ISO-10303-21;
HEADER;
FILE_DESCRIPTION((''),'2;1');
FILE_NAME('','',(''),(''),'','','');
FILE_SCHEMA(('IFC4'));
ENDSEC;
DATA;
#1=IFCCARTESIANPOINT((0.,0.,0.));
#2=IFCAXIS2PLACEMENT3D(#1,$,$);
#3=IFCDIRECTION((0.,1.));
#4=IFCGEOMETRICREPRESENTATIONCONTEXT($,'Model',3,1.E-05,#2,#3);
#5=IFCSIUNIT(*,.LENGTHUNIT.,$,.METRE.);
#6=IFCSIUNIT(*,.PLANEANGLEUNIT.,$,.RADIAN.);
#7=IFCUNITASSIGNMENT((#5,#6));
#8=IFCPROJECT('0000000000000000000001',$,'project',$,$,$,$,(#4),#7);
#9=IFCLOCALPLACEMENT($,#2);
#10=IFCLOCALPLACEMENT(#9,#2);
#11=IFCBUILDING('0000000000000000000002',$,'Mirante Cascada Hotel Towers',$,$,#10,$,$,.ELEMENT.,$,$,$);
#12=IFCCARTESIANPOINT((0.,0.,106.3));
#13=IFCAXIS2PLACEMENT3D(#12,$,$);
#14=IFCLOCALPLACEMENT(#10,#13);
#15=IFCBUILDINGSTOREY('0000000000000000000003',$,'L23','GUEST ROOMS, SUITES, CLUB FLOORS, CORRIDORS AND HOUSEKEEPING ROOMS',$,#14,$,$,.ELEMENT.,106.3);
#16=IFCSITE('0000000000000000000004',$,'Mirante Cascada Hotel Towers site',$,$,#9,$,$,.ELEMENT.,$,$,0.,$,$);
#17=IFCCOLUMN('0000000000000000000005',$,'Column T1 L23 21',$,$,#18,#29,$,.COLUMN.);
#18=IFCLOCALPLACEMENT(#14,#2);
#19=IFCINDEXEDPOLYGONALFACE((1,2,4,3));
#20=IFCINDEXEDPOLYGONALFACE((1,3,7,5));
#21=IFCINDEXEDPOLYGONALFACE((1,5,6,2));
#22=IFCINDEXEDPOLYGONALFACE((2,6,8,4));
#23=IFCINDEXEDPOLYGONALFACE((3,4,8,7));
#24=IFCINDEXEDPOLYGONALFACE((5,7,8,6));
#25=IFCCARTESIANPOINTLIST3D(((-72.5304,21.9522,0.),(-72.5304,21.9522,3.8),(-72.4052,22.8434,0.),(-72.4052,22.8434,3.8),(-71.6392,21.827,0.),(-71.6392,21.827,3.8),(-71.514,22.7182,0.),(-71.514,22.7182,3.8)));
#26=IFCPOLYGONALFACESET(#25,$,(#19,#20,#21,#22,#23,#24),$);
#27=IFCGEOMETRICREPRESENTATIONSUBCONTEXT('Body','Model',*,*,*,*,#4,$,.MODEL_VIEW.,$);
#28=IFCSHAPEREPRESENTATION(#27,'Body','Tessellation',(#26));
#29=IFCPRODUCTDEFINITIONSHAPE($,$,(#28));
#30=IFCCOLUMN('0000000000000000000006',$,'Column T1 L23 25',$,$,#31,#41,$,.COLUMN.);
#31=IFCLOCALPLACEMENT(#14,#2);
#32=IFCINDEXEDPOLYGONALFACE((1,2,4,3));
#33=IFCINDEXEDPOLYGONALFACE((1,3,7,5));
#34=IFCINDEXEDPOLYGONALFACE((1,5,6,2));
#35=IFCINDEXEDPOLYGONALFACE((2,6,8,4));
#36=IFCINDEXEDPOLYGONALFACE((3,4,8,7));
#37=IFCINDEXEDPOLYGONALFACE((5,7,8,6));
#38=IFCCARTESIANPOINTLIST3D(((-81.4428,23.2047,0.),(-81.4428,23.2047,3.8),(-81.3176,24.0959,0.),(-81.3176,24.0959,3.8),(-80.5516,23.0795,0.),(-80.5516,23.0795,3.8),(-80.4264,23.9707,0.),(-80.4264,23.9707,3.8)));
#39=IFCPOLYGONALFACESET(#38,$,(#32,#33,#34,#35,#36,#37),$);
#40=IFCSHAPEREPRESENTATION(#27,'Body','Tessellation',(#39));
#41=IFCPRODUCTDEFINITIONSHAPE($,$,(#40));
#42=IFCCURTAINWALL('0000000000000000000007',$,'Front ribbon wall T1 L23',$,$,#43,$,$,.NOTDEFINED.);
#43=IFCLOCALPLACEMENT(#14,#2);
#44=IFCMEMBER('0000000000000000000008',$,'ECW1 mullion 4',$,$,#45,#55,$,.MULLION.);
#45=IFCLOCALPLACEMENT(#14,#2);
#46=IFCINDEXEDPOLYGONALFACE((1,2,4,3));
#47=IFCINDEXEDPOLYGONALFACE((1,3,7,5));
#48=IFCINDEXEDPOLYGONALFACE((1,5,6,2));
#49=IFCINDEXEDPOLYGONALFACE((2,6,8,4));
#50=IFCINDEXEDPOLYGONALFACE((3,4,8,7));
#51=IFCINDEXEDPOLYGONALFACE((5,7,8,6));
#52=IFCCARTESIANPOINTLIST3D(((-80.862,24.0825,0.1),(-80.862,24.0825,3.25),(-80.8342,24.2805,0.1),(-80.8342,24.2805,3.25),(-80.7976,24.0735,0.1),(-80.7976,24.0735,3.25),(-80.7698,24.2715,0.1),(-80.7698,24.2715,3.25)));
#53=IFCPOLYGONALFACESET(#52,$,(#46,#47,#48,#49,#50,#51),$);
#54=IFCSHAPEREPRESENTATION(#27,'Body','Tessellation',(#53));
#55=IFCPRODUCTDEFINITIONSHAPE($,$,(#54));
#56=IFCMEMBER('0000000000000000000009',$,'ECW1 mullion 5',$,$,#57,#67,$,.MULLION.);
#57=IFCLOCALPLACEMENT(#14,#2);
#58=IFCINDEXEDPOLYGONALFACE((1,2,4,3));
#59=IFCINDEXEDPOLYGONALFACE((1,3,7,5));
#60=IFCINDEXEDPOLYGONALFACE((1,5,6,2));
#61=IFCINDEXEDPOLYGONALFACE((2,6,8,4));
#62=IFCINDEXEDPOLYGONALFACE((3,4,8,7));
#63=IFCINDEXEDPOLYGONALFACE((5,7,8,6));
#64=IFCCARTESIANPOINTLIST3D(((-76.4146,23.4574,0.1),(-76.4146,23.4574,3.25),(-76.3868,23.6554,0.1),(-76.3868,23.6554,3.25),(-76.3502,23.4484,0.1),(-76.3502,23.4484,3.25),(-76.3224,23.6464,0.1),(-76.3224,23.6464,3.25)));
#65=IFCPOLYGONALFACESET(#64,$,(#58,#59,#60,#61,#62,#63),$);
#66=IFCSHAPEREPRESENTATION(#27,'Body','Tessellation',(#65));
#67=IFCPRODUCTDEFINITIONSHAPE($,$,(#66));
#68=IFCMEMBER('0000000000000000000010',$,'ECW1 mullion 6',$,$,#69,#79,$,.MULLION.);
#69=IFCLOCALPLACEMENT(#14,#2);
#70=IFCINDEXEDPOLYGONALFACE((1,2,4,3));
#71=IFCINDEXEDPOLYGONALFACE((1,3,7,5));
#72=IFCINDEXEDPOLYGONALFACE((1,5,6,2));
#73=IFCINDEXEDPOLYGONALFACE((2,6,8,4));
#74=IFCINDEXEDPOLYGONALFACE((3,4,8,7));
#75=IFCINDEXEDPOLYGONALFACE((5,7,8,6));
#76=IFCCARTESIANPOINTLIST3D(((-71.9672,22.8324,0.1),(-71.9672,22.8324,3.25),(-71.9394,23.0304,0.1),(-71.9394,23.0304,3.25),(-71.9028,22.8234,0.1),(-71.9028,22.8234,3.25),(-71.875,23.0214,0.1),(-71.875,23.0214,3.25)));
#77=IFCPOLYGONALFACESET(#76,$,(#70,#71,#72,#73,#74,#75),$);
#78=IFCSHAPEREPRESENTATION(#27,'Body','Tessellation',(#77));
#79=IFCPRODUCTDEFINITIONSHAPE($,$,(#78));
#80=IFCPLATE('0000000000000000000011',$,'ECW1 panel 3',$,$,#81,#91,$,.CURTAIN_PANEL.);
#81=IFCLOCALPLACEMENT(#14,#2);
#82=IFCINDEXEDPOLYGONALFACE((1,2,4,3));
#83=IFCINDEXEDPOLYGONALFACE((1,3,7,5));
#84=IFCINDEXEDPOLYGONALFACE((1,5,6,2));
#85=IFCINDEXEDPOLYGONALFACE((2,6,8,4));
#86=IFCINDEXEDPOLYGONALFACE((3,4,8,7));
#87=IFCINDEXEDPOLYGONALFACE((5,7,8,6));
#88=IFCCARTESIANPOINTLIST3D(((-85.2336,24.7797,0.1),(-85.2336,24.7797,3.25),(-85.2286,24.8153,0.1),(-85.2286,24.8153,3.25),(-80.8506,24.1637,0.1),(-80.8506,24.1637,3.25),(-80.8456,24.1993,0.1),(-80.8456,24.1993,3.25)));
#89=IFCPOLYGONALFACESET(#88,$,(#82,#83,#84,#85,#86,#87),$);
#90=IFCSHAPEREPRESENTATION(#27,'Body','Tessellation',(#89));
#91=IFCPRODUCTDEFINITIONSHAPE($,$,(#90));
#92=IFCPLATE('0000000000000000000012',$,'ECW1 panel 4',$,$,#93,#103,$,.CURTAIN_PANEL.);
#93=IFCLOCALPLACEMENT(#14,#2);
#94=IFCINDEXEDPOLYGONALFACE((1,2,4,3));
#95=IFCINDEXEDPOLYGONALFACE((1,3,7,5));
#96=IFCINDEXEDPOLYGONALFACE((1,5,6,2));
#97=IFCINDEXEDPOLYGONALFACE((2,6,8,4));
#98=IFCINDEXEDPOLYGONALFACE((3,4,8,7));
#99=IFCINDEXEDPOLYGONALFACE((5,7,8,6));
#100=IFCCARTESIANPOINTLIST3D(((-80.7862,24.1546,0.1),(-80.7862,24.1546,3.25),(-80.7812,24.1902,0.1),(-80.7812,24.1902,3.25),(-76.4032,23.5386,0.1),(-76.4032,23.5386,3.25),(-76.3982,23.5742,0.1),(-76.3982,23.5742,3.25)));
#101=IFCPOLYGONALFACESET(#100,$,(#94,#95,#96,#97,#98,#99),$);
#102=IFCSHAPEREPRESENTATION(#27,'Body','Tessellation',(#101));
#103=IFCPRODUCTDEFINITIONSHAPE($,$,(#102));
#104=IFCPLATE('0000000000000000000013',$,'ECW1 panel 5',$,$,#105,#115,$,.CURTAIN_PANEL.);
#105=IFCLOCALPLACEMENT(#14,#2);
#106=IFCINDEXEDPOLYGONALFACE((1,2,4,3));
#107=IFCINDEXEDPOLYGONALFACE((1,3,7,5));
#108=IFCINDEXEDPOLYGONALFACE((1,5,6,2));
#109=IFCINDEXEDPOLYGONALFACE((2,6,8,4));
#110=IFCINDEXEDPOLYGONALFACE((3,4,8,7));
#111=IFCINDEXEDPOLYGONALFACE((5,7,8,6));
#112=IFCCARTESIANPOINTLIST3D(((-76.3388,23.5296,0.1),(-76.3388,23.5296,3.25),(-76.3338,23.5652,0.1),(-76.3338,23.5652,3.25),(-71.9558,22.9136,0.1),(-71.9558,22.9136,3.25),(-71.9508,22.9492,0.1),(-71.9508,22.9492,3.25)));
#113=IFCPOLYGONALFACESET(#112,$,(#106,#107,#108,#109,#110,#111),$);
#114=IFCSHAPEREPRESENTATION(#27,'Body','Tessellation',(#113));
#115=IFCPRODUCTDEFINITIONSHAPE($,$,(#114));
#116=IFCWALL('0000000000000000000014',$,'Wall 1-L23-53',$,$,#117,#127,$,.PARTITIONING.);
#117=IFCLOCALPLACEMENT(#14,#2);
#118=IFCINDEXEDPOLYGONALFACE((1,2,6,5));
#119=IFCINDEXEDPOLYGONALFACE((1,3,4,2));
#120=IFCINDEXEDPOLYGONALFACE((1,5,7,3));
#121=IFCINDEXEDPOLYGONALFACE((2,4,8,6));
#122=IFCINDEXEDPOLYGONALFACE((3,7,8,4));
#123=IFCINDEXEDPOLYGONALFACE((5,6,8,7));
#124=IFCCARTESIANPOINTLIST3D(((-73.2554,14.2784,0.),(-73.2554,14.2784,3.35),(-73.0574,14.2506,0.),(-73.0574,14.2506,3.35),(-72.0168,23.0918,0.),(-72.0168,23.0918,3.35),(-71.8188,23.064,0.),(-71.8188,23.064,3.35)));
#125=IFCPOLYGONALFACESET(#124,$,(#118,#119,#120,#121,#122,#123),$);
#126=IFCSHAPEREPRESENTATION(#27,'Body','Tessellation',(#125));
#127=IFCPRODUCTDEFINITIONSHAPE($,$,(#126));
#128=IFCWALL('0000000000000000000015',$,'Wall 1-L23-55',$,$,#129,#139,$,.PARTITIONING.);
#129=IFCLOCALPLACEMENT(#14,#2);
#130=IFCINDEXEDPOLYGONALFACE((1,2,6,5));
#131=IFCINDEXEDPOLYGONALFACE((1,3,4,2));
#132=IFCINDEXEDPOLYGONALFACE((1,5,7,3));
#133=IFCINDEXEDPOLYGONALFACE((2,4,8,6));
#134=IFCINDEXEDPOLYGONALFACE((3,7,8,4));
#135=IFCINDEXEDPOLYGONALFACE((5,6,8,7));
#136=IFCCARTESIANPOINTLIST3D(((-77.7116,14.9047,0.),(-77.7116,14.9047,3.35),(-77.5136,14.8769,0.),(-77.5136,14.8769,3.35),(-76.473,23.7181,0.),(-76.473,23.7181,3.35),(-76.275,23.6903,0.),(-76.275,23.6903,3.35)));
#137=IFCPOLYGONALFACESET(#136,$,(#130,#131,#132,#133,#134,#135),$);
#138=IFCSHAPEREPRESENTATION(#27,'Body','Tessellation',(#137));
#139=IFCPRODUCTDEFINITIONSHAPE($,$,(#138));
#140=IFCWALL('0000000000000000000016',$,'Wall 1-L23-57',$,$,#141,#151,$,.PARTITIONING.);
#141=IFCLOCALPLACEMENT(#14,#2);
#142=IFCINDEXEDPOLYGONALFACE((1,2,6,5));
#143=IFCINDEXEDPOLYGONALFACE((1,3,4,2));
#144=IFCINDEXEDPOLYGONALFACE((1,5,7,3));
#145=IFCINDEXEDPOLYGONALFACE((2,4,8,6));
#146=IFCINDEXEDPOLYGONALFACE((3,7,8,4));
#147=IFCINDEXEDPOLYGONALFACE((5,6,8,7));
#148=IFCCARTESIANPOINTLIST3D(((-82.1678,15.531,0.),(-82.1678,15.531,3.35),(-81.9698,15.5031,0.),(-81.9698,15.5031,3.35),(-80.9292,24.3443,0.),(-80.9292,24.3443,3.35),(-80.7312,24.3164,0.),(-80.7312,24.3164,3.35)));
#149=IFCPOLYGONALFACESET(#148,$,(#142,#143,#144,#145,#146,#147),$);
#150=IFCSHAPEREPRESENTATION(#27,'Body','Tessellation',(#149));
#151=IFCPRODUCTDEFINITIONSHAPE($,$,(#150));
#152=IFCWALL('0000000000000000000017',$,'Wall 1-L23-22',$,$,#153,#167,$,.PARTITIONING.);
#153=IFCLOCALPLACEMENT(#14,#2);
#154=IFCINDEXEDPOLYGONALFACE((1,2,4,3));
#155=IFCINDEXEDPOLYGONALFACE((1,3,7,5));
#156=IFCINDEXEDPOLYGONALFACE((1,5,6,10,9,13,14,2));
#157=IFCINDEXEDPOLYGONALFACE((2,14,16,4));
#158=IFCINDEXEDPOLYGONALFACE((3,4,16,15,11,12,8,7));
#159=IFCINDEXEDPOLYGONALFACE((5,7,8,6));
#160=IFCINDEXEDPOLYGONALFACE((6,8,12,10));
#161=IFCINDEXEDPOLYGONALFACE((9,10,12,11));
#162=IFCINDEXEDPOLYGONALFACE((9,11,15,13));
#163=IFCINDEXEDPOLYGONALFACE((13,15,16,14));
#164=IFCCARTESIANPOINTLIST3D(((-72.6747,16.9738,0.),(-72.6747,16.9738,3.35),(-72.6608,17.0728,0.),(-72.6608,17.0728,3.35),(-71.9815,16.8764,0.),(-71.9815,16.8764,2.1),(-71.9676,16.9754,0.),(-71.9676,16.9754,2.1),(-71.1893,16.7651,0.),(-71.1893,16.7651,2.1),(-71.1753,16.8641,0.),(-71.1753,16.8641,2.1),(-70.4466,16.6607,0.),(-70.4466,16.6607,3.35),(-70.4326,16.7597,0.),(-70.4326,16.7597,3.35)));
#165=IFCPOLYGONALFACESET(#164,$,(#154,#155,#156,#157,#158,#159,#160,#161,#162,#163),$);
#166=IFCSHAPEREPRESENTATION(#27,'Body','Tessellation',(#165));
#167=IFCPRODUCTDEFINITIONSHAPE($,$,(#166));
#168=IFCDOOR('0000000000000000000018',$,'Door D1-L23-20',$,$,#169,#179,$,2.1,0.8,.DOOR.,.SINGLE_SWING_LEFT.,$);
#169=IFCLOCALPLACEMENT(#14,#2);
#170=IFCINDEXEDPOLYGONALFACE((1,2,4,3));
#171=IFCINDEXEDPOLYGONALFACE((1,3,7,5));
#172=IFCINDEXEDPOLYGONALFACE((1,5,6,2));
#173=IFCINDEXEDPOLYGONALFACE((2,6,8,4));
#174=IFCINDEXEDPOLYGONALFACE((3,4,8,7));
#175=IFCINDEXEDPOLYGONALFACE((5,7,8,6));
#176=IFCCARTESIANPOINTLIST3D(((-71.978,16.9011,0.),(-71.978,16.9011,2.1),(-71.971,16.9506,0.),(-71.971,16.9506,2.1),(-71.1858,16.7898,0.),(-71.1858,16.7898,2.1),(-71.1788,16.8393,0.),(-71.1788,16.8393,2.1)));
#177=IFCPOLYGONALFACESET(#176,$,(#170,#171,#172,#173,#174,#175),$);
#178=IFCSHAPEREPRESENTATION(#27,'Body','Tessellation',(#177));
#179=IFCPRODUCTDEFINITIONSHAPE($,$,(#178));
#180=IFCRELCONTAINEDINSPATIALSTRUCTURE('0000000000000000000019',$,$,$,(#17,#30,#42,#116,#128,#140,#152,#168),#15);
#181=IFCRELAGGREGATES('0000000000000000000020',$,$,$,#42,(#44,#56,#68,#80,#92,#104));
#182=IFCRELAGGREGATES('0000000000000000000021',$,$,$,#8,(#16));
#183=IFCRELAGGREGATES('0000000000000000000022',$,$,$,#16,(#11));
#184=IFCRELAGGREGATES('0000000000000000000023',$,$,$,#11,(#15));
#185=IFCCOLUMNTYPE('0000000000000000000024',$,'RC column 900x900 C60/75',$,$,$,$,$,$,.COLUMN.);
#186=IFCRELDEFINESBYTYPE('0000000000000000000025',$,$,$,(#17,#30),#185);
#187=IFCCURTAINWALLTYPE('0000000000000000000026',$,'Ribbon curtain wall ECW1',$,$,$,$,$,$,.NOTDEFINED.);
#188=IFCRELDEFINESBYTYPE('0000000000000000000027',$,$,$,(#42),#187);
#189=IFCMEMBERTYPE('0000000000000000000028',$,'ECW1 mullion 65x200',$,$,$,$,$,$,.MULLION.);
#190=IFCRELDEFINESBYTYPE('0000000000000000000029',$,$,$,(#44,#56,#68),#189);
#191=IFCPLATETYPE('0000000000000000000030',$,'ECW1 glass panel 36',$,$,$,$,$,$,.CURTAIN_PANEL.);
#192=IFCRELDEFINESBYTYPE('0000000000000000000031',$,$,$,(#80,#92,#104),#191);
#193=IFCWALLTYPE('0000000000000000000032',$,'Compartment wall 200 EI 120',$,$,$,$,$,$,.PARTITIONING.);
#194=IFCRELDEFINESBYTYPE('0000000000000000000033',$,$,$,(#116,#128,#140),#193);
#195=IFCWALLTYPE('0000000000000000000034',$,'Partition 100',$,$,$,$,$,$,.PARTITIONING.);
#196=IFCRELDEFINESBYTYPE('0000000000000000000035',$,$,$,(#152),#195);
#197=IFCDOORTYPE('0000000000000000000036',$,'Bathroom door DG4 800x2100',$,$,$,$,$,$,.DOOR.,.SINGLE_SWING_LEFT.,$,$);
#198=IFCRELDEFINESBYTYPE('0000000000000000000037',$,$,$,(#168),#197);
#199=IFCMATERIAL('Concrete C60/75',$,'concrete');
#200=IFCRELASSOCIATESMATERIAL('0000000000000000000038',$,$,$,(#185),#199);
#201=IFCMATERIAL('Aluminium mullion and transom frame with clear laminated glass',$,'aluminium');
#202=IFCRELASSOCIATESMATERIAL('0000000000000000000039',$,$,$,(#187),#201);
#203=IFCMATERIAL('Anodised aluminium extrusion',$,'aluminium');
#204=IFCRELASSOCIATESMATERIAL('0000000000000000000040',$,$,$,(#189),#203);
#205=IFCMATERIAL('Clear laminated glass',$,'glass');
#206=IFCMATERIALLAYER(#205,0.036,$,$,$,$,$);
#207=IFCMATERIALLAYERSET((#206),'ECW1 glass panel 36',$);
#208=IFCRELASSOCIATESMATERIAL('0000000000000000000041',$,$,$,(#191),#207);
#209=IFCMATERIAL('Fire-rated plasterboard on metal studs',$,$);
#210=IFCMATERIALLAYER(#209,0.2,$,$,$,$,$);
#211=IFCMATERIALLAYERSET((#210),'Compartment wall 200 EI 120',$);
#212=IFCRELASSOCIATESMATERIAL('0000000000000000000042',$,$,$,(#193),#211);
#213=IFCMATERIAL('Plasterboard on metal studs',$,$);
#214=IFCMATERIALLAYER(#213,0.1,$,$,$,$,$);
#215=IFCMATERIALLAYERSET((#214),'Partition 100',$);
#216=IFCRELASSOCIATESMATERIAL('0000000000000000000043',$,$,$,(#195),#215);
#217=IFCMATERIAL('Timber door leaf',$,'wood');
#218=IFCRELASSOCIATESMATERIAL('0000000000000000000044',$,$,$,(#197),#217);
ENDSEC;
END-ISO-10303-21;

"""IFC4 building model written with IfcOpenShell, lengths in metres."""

from ifc_helpers import new_model, si_unit, direction, frame, frame_2d, origin, origin_2d, place, context, subcontext, project, spatial, rectangle, extrude, material, layer, layer_set, material_profile, profile_set, type_object, element, fill, aggregate, save


model = new_model("IFC4")

# Units and contexts
model_context = context("Model", 3, precision=1e-05, world=origin(), true_north=direction((0.0, 1.0)))
body_context = subcontext(model_context, "Body", "Model", "MODEL_VIEW")
ifc_project = project(units=[si_unit("LENGTHUNIT", "METRE"), si_unit("PLANEANGLEUNIT", "RADIAN")], contexts=[model_context])

# Site, building, storey
site_placement = place(None, origin())
site = spatial("IfcSite", under=ifc_project, at=site_placement, Name="Mirante Cascada Hotel Towers site", CompositionType="ELEMENT", RefElevation=0.0)
building_placement = place(site_placement, origin())
building = spatial("IfcBuilding", under=site, at=building_placement, Name="Mirante Cascada Hotel Towers", CompositionType="ELEMENT")
storey_placement = place(building_placement, frame((0.0, 0.0, 106.3)))
storey = spatial("IfcBuildingStorey", under=building, at=storey_placement, Name="L23", Description="GUEST ROOMS, SUITES, CLUB FLOORS, CORRIDORS AND HOUSEKEEPING ROOMS", CompositionType="ELEMENT", Elevation=106.3)

# Columns
ifc_material_1 = material(Name="Concrete C60/75", Category="concrete")
ifc_material_profile_1 = material_profile(ifc_material_1, rectangle(XDim=0.9, YDim=0.9, at=origin_2d()), Name="RC column 900x900 C60/75")
ifc_profile_set_1 = profile_set([ifc_material_profile_1], Name="Concrete C60/75")
column_type = type_object("IfcColumnType", Name="RC column 900x900 C60/75", PredefinedType="COLUMN", material=ifc_profile_set_1)
for number, where, z_axis, x_axis, name in (
    (1, (-72.0222, 22.3352, 0.0), (0.0, 0.0, 1.0), (-0.990268, 0.139173, 0.0), "Column T1 L23 21"),
    (2, (-80.9346, 23.5877, 0.0), (0.0, 0.0, 1.0), (-0.990268, 0.139173, 0.0), "Column T1 L23 25"),
):
    element("IfcColumn", number, at=place(storey_placement, frame(where, z_axis=z_axis, x_axis=x_axis)), inside=storey, type_object=column_type, Name=name, PredefinedType="COLUMN", context=body_context, shape_type="SweptSolid", body=[
        extrude(rectangle(XDim=0.9, YDim=0.9, at=origin_2d()), origin(), (0.0, 0.0, 1.0), 3.8),
    ])

# Curtain wall, members, plates
ifc_material_2 = material(Name="Aluminium mullion and transom frame with clear laminated glass", Category="aluminium")
curtain_wall_type = type_object("IfcCurtainWallType", Name="Ribbon curtain wall ECW1", PredefinedType="NOTDEFINED", material=ifc_material_2)
curtain_wall_placement = place(storey_placement, origin())
curtain_wall = element("IfcCurtainWall", 3, at=curtain_wall_placement, inside=storey, type_object=curtain_wall_type, Name="Front ribbon wall T1 L23", PredefinedType="NOTDEFINED")
ifc_material_3 = material(Name="Anodised aluminium extrusion", Category="aluminium")
ifc_material_profile_2 = material_profile(ifc_material_3, rectangle(XDim=0.2, YDim=0.065, at=origin_2d()), Name="ECW1 MULLION 65x200")
ifc_profile_set_2 = profile_set([ifc_material_profile_2], Name="Anodised aluminium extrusion")
member_type = type_object("IfcMemberType", Name="ECW1 mullion 65x200", PredefinedType="MULLION", material=ifc_profile_set_2)
member_1_placement = place(storey_placement, frame((-80.8159, 24.177, 0.1), z_axis=(0.0, 0.0, 1.0), x_axis=(0.139173, 0.990268, 0.0)))
member_1 = element("IfcMember", 4, at=member_1_placement, type_object=member_type, Name="ECW1 mullion 4", PredefinedType="MULLION", context=body_context, shape_type="SweptSolid", body=[
    extrude(rectangle(XDim=0.2, YDim=0.065, at=origin_2d()), origin(), (0.0, 0.0, 1.0), 3.15),
])
member_2_placement = place(storey_placement, frame((-76.3685, 23.5519, 0.1), z_axis=(0.0, 0.0, 1.0), x_axis=(0.139173, 0.990268, 0.0)))
member_2 = element("IfcMember", 5, at=member_2_placement, type_object=member_type, Name="ECW1 mullion 5", PredefinedType="MULLION", context=body_context, shape_type="SweptSolid", body=[
    extrude(rectangle(XDim=0.2, YDim=0.065, at=origin_2d()), origin(), (0.0, 0.0, 1.0), 3.15),
])
member_3_placement = place(storey_placement, frame((-71.9211, 22.9269, 0.1), z_axis=(0.0, 0.0, 1.0), x_axis=(0.139173, 0.990268, 0.0)))
member_3 = element("IfcMember", 6, at=member_3_placement, type_object=member_type, Name="ECW1 mullion 6", PredefinedType="MULLION", context=body_context, shape_type="SweptSolid", body=[
    extrude(rectangle(XDim=0.2, YDim=0.065, at=origin_2d()), origin(), (0.0, 0.0, 1.0), 3.15),
])
ifc_material_4 = material(Name="Clear laminated glass", Category="glass")
ifc_layer_1 = layer(ifc_material_4, 0.036)
ifc_layer_set_1 = layer_set([ifc_layer_1], Name="ECW1 glass panel 36")
plate_type = type_object("IfcPlateType", Name="ECW1 glass panel 36", PredefinedType="CURTAIN_PANEL", material=ifc_layer_set_1)
plate_1_placement = place(storey_placement, frame((-83.0396, 24.4895, 0.1), z_axis=(0.0, 0.0, 1.0), x_axis=(0.990268, -0.139173, 0.0)))
plate_1 = element("IfcPlate", 7, at=plate_1_placement, type_object=plate_type, Name="ECW1 panel 3", PredefinedType="CURTAIN_PANEL", context=body_context, shape_type="SweptSolid", body=[
    extrude(rectangle(XDim=4.4261, YDim=0.036, at=origin_2d()), origin(), (0.0, 0.0, 1.0), 3.15),
])
plate_2_placement = place(storey_placement, frame((-78.5922, 23.8644, 0.1), z_axis=(0.0, 0.0, 1.0), x_axis=(0.990268, -0.139173, 0.0)))
plate_2 = element("IfcPlate", 8, at=plate_2_placement, type_object=plate_type, Name="ECW1 panel 4", PredefinedType="CURTAIN_PANEL", context=body_context, shape_type="SweptSolid", body=[
    extrude(rectangle(XDim=4.4261, YDim=0.036, at=origin_2d()), origin(), (0.0, 0.0, 1.0), 3.15),
])
plate_3_placement = place(storey_placement, frame((-74.1448, 23.2394, 0.1), z_axis=(0.0, 0.0, 1.0), x_axis=(0.990268, -0.139173, 0.0)))
plate_3 = element("IfcPlate", 9, at=plate_3_placement, type_object=plate_type, Name="ECW1 panel 5", PredefinedType="CURTAIN_PANEL", context=body_context, shape_type="SweptSolid", body=[
    extrude(rectangle(XDim=4.4261, YDim=0.036, at=origin_2d()), origin(), (0.0, 0.0, 1.0), 3.15),
])
aggregate(curtain_wall, [member_1, member_2, member_3, plate_1, plate_2, plate_3])

# Walls
ifc_material_5 = material(Name="Fire-rated plasterboard on metal studs")
ifc_layer_2 = layer(ifc_material_5, 0.2)
ifc_layer_set_2 = layer_set([ifc_layer_2], Name="Compartment wall 200 EI 120")
wall_type_1 = type_object("IfcWallType", Name="Compartment wall 200 EI 120", PredefinedType="PARTITIONING", material=ifc_layer_set_2)
for number, where, z_axis, x_axis, name in (
    (10, (-71.9178, 23.0779, 0.0), (0.0, 0.0, 1.0), (-0.139168, -0.990269, 0.0), "Wall 1-L23-53"),
    (11, (-76.374, 23.7042, 0.0), (0.0, 0.0, 1.0), (-0.139168, -0.990269, 0.0), "Wall 1-L23-55"),
):
    element("IfcWall", number, at=place(storey_placement, frame(where, z_axis=z_axis, x_axis=x_axis)), inside=storey, type_object=wall_type_1, Name=name, PredefinedType="PARTITIONING", context=body_context, shape_type="SweptSolid", body=[
        extrude(rectangle(XDim=8.9, YDim=0.2, at=frame_2d((4.45, 0.0))), origin(), (0.0, 0.0, 1.0), 3.35),
    ])
wall_1_placement = place(storey_placement, frame((-80.8302, 24.3304, 0.0), z_axis=(0.0, 0.0, 1.0), x_axis=(-0.13917, -0.990268, 0.0)))
element("IfcWall", 12, at=wall_1_placement, inside=storey, type_object=wall_type_1, Name="Wall 1-L23-57", PredefinedType="PARTITIONING", context=body_context, shape_type="SweptSolid", body=[
    extrude(rectangle(XDim=8.8999, YDim=0.2, at=frame_2d((4.45, 0.0))), origin(), (0.0, 0.0, 1.0), 3.35),
])

# Wall, opening, door
ifc_material_6 = material(Name="Plasterboard on metal studs")
ifc_layer_3 = layer(ifc_material_6, 0.1)
ifc_layer_set_3 = layer_set([ifc_layer_3], Name="Partition 100")
wall_type_2 = type_object("IfcWallType", Name="Partition 100", PredefinedType="PARTITIONING", material=ifc_layer_set_3)
wall_2_placement = place(storey_placement, frame((-70.4396, 16.7102, 0.0), z_axis=(0.0, 0.0, 1.0), x_axis=(-0.990271, 0.139156, 0.0)))
wall_2 = element("IfcWall", 13, at=wall_2_placement, inside=storey, type_object=wall_type_2, Name="Wall 1-L23-22", PredefinedType="PARTITIONING", context=body_context, shape_type="SweptSolid", body=[
    extrude(rectangle(XDim=2.25, YDim=0.1, at=frame_2d((1.125, 0.0))), origin(), (0.0, 0.0, 1.0), 3.35),
])
opening_1_placement = place(wall_2_placement, frame((0.75, 0.0, 0.0)))
opening_1 = element("IfcOpeningElement", 14, at=opening_1_placement, cuts=wall_2, PredefinedType="OPENING", context=body_context, shape_type="SweptSolid", body=[
    extrude(rectangle(XDim=0.8, YDim=2.1, at=frame_2d((0.4, 1.05))), frame((0.0, 0.05, 0.0), z_axis=(0.0, -1.0, 0.0), x_axis=(1.0, 0.0, 0.0)), (0.0, 0.0, 1.0), 0.1),
])
ifc_material_7 = material(Name="Timber door leaf", Category="wood")
door_type = type_object("IfcDoorType", Name="Bathroom door DG4 800x2100", OperationType="SINGLE_SWING_LEFT", PredefinedType="DOOR", material=ifc_material_7)
door_1_placement = place(opening_1_placement, origin())
door_1 = element("IfcDoor", 15, at=door_1_placement, inside=storey, type_object=door_type, Name="Door D1-L23-20", OperationType="SINGLE_SWING_LEFT", OverallHeight=2.1, OverallWidth=0.8, PredefinedType="DOOR", context=body_context, shape_type="SweptSolid", body=[
    extrude(rectangle(XDim=0.8, YDim=2.1, at=frame_2d((0.4, 1.05))), frame((0.0, 0.025, 0.0), z_axis=(0.0, -1.0, 0.0), x_axis=(1.0, 0.0, 0.0)), (0.0, 0.0, 1.0), 0.05),
])
fill(opening_1, door_1)

save(model, "model.ifc")
